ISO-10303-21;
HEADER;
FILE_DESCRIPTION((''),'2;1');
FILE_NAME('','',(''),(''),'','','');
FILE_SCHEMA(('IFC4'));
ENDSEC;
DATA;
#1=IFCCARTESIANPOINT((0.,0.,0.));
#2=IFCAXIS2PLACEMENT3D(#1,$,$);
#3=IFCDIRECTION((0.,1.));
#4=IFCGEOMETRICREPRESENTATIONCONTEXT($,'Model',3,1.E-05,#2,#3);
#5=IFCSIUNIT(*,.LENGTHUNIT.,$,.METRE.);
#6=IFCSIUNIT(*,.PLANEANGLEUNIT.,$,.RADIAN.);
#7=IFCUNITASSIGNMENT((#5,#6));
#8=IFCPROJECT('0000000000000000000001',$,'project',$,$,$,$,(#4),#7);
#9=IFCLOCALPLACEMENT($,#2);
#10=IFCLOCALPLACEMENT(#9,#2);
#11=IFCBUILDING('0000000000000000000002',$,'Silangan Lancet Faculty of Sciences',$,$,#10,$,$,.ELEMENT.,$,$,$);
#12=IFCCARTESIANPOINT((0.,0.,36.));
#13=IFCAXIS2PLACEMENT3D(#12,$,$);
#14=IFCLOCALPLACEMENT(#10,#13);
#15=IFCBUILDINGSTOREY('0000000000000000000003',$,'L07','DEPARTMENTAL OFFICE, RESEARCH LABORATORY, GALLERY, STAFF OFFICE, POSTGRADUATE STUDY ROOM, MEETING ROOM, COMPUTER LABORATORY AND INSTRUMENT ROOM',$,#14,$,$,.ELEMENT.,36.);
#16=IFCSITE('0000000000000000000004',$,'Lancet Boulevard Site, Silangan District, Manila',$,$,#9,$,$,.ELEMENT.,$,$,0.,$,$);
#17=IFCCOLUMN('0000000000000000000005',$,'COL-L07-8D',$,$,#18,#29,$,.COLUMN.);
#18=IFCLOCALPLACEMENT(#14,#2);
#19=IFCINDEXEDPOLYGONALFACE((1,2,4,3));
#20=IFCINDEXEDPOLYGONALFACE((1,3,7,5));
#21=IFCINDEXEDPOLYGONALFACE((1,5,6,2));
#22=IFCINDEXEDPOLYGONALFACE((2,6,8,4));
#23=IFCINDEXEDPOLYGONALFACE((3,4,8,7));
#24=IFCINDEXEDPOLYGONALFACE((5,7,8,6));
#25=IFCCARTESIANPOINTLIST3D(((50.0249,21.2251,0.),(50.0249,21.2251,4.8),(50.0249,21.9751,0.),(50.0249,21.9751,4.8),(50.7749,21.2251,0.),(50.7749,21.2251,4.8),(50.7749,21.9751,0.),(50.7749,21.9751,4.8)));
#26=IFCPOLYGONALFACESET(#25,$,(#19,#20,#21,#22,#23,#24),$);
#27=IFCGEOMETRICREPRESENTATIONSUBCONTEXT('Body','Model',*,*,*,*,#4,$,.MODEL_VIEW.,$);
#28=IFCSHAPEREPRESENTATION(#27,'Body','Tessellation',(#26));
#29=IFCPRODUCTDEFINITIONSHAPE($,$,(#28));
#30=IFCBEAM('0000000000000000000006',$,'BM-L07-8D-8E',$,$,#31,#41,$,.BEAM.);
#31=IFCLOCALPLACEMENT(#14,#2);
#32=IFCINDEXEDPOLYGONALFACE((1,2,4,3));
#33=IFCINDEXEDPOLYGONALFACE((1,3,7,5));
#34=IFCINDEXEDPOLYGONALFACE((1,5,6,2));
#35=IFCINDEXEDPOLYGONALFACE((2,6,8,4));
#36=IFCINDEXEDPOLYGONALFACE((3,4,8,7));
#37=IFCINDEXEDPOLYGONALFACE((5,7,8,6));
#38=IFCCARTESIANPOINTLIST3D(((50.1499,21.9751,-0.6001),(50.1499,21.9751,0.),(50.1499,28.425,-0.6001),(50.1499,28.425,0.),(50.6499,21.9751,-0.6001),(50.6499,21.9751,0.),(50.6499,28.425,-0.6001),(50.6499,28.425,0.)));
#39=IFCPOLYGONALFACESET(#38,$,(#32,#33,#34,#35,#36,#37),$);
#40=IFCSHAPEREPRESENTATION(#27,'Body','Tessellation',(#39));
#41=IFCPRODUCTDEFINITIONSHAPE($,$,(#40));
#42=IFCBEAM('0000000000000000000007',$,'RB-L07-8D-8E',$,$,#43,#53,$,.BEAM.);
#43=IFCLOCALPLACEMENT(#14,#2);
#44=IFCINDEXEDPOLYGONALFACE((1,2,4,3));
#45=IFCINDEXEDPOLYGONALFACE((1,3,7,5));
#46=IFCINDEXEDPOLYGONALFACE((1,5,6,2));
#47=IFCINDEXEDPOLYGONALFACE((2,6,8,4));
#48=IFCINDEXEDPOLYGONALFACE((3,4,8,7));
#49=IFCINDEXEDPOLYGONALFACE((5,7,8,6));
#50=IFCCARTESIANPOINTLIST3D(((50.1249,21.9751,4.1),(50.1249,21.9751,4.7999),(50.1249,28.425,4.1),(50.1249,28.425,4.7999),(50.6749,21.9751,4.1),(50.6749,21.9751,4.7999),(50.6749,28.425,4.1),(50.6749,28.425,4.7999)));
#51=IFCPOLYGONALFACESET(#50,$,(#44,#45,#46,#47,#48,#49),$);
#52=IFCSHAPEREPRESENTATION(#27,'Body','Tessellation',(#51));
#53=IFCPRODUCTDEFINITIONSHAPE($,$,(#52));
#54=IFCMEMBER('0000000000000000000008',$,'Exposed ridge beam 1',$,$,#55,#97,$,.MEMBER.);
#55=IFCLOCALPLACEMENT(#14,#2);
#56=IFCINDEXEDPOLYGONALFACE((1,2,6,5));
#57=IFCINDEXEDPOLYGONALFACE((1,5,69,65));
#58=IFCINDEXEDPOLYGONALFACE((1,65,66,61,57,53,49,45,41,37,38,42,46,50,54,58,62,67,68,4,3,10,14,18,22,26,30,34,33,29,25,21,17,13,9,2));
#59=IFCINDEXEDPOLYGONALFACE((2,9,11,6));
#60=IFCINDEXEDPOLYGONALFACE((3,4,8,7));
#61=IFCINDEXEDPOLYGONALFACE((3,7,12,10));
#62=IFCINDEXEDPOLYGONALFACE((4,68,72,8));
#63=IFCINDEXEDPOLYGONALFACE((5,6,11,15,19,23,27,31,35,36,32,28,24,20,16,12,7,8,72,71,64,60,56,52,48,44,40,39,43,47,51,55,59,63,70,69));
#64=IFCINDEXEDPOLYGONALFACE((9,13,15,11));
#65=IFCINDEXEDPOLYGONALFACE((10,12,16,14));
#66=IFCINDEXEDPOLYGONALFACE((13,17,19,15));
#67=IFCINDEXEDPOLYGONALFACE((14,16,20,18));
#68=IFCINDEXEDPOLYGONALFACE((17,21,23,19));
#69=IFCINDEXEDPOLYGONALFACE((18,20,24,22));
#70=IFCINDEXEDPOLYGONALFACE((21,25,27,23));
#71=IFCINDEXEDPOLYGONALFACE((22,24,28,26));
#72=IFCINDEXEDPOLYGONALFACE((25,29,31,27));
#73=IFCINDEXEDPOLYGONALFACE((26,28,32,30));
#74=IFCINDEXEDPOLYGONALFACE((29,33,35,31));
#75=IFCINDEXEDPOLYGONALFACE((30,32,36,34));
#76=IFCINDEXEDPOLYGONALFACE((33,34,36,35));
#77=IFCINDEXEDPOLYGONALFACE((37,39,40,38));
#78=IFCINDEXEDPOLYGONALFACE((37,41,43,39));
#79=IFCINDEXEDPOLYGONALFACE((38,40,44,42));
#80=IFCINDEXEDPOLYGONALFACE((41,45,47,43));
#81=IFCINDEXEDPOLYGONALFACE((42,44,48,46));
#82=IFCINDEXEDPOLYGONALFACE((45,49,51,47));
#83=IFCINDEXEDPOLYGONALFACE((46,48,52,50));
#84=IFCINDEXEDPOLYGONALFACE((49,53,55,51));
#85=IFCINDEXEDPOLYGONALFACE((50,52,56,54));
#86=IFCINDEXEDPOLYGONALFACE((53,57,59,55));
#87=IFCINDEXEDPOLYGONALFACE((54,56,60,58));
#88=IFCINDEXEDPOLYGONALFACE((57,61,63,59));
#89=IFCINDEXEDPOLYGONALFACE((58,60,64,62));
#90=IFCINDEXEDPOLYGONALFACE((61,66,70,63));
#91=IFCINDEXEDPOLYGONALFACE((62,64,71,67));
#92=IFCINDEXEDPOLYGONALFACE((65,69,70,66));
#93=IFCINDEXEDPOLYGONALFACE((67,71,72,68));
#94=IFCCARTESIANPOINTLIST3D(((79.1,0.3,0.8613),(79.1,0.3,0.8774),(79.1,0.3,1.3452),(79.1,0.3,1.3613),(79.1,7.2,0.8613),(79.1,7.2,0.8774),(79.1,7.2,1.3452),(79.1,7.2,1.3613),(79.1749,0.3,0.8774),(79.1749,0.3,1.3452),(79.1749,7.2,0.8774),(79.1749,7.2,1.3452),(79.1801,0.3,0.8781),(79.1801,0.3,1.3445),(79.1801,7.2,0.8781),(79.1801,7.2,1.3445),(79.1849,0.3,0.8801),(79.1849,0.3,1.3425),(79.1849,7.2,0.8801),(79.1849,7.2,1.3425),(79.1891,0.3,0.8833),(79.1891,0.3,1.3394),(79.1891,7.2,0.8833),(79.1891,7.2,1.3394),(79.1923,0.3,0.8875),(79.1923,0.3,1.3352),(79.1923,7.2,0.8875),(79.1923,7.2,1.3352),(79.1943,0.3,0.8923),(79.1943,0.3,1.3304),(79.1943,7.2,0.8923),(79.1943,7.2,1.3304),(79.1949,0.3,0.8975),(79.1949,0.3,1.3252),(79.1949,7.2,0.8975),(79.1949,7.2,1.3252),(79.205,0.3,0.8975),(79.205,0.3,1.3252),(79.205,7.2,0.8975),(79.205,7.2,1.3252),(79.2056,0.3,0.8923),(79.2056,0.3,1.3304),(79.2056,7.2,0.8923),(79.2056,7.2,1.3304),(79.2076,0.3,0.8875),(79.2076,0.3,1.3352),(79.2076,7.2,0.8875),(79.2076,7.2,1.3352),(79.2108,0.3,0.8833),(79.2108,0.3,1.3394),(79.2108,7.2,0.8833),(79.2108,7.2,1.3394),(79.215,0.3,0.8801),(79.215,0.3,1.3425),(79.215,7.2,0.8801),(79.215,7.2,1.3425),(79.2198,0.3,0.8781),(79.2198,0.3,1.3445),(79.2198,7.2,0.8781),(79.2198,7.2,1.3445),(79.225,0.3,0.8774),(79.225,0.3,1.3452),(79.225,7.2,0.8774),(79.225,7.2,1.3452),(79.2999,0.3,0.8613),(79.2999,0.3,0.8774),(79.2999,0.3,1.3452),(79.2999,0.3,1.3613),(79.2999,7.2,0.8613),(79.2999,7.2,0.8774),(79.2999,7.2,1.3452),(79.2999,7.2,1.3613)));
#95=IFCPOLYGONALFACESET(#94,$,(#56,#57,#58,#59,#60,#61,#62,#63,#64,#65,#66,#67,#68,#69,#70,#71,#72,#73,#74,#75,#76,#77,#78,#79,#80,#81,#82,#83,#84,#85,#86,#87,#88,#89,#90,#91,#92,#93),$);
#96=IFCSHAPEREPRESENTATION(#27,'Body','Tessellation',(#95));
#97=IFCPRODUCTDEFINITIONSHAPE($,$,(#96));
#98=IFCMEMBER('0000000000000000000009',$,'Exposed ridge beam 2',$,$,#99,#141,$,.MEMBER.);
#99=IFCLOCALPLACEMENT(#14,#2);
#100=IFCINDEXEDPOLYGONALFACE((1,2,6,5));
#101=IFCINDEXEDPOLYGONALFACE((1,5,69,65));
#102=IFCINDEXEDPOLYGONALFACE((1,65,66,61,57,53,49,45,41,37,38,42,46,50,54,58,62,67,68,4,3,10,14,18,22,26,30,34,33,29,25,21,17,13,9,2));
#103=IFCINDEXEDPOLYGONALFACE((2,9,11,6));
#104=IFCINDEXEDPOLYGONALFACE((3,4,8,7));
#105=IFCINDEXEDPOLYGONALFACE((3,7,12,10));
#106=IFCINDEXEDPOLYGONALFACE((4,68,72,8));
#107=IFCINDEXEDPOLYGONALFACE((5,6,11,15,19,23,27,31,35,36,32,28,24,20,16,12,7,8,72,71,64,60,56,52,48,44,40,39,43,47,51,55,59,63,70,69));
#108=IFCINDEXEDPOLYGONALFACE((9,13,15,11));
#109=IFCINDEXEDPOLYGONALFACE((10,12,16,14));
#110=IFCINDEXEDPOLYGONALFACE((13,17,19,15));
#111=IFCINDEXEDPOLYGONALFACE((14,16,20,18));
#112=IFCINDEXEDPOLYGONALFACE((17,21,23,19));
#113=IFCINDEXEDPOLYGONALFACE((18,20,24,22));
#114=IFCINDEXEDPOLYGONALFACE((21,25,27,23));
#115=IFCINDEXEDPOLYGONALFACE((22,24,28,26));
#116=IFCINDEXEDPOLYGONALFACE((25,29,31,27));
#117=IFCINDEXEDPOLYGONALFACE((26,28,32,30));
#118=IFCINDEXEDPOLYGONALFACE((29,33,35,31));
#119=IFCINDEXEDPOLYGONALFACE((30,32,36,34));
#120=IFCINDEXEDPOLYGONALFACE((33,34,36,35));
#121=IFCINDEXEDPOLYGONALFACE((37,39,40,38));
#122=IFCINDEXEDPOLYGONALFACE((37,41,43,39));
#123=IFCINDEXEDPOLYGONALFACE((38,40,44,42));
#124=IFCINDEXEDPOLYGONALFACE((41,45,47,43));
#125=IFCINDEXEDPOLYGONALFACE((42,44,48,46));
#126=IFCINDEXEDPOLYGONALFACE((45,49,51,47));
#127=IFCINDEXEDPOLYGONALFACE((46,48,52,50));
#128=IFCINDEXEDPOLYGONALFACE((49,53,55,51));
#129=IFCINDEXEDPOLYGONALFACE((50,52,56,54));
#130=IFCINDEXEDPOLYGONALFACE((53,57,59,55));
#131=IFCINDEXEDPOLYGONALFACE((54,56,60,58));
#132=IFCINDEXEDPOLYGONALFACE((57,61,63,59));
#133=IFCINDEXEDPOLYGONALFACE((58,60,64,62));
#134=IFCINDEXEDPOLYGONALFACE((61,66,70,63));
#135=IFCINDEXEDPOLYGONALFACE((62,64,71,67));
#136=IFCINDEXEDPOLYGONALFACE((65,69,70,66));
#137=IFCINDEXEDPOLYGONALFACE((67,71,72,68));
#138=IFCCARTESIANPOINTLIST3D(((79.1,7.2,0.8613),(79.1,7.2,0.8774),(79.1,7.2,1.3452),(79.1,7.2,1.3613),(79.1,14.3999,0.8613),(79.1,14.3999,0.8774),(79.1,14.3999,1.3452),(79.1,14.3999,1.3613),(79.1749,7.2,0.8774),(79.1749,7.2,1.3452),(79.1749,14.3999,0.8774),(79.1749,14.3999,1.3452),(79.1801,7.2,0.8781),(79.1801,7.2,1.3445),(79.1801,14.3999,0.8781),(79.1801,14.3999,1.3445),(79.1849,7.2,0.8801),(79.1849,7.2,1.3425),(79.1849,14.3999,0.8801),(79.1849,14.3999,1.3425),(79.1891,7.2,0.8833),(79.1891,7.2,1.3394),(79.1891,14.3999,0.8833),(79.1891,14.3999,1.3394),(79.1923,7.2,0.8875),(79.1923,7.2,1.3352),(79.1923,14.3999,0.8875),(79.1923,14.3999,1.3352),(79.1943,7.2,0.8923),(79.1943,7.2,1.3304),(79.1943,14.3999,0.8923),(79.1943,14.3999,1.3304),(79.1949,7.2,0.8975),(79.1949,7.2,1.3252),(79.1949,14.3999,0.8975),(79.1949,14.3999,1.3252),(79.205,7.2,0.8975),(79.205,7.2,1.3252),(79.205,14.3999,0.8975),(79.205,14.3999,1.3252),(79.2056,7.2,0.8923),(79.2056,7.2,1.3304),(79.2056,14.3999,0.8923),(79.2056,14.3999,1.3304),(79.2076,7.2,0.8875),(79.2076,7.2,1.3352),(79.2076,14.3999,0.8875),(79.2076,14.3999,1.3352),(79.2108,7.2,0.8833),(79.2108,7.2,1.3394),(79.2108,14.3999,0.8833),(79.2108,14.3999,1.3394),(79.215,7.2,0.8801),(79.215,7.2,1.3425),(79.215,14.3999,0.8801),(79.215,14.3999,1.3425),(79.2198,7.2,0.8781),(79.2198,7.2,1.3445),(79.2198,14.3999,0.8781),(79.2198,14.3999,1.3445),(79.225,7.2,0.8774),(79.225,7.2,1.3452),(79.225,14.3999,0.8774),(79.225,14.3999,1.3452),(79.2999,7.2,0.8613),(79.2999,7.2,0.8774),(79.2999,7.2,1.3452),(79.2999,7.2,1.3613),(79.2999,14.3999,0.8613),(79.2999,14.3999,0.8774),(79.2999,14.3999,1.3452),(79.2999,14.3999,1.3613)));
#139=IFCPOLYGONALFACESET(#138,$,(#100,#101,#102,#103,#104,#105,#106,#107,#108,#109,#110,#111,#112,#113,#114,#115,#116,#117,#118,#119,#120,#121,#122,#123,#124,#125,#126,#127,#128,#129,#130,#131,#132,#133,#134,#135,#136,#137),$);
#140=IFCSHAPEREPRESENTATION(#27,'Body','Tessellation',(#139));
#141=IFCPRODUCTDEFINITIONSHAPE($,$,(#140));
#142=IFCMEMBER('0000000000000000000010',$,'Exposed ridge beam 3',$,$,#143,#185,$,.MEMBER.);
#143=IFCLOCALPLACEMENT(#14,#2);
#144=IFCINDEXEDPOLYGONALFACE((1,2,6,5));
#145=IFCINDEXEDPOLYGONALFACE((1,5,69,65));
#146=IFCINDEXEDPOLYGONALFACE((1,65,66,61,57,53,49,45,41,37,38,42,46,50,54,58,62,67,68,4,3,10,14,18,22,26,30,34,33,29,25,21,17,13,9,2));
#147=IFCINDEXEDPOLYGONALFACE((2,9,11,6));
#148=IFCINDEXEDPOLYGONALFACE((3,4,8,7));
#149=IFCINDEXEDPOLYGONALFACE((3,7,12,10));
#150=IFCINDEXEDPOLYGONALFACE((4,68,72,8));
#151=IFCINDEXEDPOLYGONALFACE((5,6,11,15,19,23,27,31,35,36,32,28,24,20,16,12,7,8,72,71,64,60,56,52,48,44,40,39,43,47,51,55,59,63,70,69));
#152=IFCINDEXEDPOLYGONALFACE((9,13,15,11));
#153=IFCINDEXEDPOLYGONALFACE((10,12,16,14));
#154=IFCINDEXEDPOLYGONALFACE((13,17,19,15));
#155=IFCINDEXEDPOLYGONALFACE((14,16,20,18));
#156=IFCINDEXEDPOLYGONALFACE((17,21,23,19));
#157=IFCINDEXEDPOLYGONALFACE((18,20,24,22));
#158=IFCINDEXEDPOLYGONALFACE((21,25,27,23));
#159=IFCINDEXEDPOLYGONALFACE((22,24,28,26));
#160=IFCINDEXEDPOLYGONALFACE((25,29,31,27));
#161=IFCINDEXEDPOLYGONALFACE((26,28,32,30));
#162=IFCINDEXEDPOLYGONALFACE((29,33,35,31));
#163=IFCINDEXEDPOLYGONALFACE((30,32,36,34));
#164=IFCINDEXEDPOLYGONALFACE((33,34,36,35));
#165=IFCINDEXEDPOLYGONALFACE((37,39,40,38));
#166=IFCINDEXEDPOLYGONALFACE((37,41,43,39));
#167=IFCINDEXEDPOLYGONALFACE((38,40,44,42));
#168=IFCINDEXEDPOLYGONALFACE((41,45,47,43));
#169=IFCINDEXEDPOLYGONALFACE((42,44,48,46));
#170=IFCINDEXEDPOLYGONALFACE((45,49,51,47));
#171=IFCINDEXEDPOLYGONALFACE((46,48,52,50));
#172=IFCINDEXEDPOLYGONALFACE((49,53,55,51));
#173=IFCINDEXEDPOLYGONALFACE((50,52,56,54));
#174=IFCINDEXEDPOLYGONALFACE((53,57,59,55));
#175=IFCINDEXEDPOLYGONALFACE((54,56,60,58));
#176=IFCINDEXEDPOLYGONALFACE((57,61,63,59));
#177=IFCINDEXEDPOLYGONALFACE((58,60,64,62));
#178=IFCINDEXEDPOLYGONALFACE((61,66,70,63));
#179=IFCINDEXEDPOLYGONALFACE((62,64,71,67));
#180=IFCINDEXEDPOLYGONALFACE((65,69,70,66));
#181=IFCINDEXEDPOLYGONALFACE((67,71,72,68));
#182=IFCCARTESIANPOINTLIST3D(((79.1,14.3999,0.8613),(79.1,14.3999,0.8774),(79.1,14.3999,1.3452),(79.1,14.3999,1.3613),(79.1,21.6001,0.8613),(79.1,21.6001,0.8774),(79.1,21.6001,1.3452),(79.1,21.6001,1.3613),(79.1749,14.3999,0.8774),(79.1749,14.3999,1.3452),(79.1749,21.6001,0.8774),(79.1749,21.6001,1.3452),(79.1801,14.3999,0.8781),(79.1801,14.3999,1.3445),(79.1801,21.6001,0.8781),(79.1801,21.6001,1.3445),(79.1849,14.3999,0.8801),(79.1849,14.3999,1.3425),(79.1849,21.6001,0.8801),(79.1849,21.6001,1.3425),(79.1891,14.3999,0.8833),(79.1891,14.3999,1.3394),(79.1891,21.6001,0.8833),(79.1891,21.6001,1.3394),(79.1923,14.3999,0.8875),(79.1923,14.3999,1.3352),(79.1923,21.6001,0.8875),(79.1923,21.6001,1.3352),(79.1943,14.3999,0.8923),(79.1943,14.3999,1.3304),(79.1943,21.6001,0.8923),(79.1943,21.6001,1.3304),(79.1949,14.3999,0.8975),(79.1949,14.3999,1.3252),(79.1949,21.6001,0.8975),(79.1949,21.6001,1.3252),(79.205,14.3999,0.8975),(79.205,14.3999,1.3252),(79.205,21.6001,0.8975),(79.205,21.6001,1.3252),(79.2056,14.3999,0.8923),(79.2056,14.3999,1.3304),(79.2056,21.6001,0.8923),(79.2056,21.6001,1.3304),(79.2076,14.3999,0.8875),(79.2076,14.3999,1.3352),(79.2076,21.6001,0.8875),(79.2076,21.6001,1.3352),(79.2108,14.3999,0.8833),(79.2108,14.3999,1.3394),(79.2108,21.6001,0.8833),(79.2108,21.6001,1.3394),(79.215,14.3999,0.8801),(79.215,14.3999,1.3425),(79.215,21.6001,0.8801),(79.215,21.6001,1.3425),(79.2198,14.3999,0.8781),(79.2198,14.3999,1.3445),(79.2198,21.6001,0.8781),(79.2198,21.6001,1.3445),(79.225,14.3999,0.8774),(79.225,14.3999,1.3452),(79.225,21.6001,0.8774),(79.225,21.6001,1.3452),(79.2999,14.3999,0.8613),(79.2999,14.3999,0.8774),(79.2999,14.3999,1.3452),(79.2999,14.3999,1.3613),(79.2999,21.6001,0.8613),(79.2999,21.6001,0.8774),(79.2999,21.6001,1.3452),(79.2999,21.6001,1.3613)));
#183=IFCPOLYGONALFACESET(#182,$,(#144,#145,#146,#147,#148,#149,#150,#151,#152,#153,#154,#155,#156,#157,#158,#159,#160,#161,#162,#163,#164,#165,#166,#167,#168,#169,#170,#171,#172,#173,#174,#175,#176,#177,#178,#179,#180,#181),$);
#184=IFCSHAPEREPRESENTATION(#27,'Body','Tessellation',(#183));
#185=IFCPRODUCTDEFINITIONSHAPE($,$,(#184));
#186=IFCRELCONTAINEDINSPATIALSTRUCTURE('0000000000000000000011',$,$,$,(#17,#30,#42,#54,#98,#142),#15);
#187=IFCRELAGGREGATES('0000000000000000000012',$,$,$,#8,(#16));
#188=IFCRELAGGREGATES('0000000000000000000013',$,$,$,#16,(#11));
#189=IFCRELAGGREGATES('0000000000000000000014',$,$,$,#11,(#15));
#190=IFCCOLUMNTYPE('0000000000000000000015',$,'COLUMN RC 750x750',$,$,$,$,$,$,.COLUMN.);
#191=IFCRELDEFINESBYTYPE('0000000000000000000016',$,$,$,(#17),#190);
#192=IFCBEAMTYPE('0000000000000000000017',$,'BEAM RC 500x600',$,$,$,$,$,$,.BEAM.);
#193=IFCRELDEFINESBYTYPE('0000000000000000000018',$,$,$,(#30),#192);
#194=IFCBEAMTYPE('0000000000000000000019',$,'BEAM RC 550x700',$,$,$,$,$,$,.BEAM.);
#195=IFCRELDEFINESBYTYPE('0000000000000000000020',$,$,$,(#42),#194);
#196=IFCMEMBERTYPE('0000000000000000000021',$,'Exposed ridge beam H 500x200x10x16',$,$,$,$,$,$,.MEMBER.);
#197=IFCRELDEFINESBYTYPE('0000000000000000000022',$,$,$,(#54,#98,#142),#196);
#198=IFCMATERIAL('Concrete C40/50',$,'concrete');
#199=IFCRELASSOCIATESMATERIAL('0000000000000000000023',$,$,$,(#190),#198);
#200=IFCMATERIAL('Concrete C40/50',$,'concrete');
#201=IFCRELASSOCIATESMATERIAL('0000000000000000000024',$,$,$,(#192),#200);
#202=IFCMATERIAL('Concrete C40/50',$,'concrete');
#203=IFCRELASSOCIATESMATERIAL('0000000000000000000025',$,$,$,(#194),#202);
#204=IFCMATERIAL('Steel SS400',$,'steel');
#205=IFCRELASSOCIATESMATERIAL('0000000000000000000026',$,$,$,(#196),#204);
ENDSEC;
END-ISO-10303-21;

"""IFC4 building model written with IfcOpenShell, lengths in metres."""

from ifc_helpers import new_model, si_unit, direction, frame, origin, origin_2d, place, context, subcontext, project, spatial, rectangle, i_section, extrude, material, material_profile, profile_set, type_object, element, save


model = new_model("IFC4")

# Units and contexts
model_context = context("Model", 3, precision=1e-05, world=origin(), true_north=direction((0.0, 1.0)))
body_context = subcontext(model_context, "Body", "Model", "MODEL_VIEW")
ifc_project = project(units=[si_unit("LENGTHUNIT", "METRE"), si_unit("PLANEANGLEUNIT", "RADIAN")], contexts=[model_context])

# Site, building, storey
site_placement = place(None, origin())
site = spatial("IfcSite", under=ifc_project, at=site_placement, Name="Lancet Boulevard Site, Silangan District, Manila", CompositionType="ELEMENT", RefElevation=0.0)
building_placement = place(site_placement, origin())
building = spatial("IfcBuilding", under=site, at=building_placement, Name="Silangan Lancet Faculty of Sciences", CompositionType="ELEMENT")
storey_placement = place(building_placement, frame((0.0, 0.0, 36.0)))
storey = spatial("IfcBuildingStorey", under=building, at=storey_placement, Name="L07", Description="DEPARTMENTAL OFFICE, RESEARCH LABORATORY, GALLERY, STAFF OFFICE, POSTGRADUATE STUDY ROOM, MEETING ROOM, COMPUTER LABORATORY AND INSTRUMENT ROOM", CompositionType="ELEMENT", Elevation=36.0)

# Column
ifc_material_1 = material(Name="Concrete C40/50", Category="concrete")
ifc_material_profile_1 = material_profile(ifc_material_1, rectangle(XDim=0.75, YDim=0.75, at=origin_2d()), Name="RC 750x750")
ifc_profile_set_1 = profile_set([ifc_material_profile_1], Name="Concrete C40/50")
column_type = type_object("IfcColumnType", Name="COLUMN RC 750x750", PredefinedType="COLUMN", material=ifc_profile_set_1)
column_placement = place(storey_placement, frame((50.3999, 21.6001, 0.0), z_axis=(0.0, 0.0, 1.0), x_axis=(1.0, 0.0, 0.0)))
element("IfcColumn", 1, at=column_placement, inside=storey, type_object=column_type, Name="COL-L07-8D", PredefinedType="COLUMN", context=body_context, shape_type="SweptSolid", body=[
    extrude(rectangle(XDim=0.75, YDim=0.75, at=origin_2d()), origin(), (0.0, 0.0, 1.0), 4.8),
])

# Beams
ifc_material_2 = material(Name="Concrete C40/50", Category="concrete")
ifc_material_profile_2 = material_profile(ifc_material_2, rectangle(XDim=0.5, YDim=0.6001, at=origin_2d()), Name="RC 500x600")
ifc_profile_set_2 = profile_set([ifc_material_profile_2], Name="Concrete C40/50")
beam_type_1 = type_object("IfcBeamType", Name="BEAM RC 500x600", PredefinedType="BEAM", material=ifc_profile_set_2)
beam_1_placement = place(storey_placement, frame((50.3999, 21.9751, -0.3), z_axis=(0.0, 1.0, 0.0), x_axis=(-1.0, 0.0, 0.0)))
element("IfcBeam", 2, at=beam_1_placement, inside=storey, type_object=beam_type_1, Name="BM-L07-8D-8E", PredefinedType="BEAM", context=body_context, shape_type="SweptSolid", body=[
    extrude(rectangle(XDim=0.5, YDim=0.6001, at=origin_2d()), origin(), (0.0, 0.0, 1.0), 6.45),
])
ifc_material_3 = material(Name="Concrete C40/50", Category="concrete")
ifc_material_profile_3 = material_profile(ifc_material_3, rectangle(XDim=0.55, YDim=0.7, at=origin_2d()), Name="RC 550x700")
ifc_profile_set_3 = profile_set([ifc_material_profile_3], Name="Concrete C40/50")
beam_type_2 = type_object("IfcBeamType", Name="BEAM RC 550x700", PredefinedType="BEAM", material=ifc_profile_set_3)
beam_2_placement = place(storey_placement, frame((50.3999, 21.9751, 4.45), z_axis=(0.0, 1.0, 0.0), x_axis=(-1.0, 0.0, 0.0)))
element("IfcBeam", 3, at=beam_2_placement, inside=storey, type_object=beam_type_2, Name="RB-L07-8D-8E", PredefinedType="BEAM", context=body_context, shape_type="SweptSolid", body=[
    extrude(rectangle(XDim=0.55, YDim=0.7, at=origin_2d()), origin(), (0.0, 0.0, 1.0), 6.45),
])

# Members
ifc_material_4 = material(Name="Steel SS400", Category="steel")
ifc_material_profile_4 = material_profile(ifc_material_4, i_section(OverallWidth=0.2, OverallDepth=0.5, WebThickness=0.01, FlangeThickness=0.0161, FilletRadius=0.02, at=origin_2d()), Name="H 500x200x10x16")
ifc_profile_set_4 = profile_set([ifc_material_profile_4], Name="Steel SS400")
member_type_1 = type_object("IfcMemberType", Name="Exposed ridge beam H 500x200x10x16", PredefinedType="MEMBER", material=ifc_profile_set_4)
member_1_placement = place(storey_placement, frame((79.2, 0.3, 1.1113), z_axis=(0.0, 1.0, 0.0), x_axis=(-1.0, 0.0, 0.0)))
element("IfcMember", 4, at=member_1_placement, inside=storey, type_object=member_type_1, Name="Exposed ridge beam 1", PredefinedType="MEMBER", context=body_context, shape_type="SweptSolid", body=[
    extrude(i_section(OverallWidth=0.2, OverallDepth=0.5, WebThickness=0.01, FlangeThickness=0.0161, FilletRadius=0.02, at=origin_2d()), origin(), (0.0, 0.0, 1.0), 6.8999),
])
member_2_placement = place(storey_placement, frame((79.2, 7.2, 1.1113), z_axis=(0.0, 1.0, 0.0), x_axis=(-1.0, 0.0, 0.0)))
element("IfcMember", 5, at=member_2_placement, inside=storey, type_object=member_type_1, Name="Exposed ridge beam 2", PredefinedType="MEMBER", context=body_context, shape_type="SweptSolid", body=[
    extrude(i_section(OverallWidth=0.2, OverallDepth=0.5, WebThickness=0.01, FlangeThickness=0.0161, FilletRadius=0.02, at=origin_2d()), origin(), (0.0, 0.0, 1.0), 7.2),
])
member_3_placement = place(storey_placement, frame((79.2, 14.3999, 1.1113), z_axis=(0.0, 1.0, 0.0), x_axis=(-1.0, 0.0, 0.0)))
element("IfcMember", 6, at=member_3_placement, inside=storey, type_object=member_type_1, Name="Exposed ridge beam 3", PredefinedType="MEMBER", context=body_context, shape_type="SweptSolid", body=[
    extrude(i_section(OverallWidth=0.2, OverallDepth=0.5, WebThickness=0.01, FlangeThickness=0.0161, FilletRadius=0.02, at=origin_2d()), origin(), (0.0, 0.0, 1.0), 7.2002),
])

save(model, "model.ifc")
